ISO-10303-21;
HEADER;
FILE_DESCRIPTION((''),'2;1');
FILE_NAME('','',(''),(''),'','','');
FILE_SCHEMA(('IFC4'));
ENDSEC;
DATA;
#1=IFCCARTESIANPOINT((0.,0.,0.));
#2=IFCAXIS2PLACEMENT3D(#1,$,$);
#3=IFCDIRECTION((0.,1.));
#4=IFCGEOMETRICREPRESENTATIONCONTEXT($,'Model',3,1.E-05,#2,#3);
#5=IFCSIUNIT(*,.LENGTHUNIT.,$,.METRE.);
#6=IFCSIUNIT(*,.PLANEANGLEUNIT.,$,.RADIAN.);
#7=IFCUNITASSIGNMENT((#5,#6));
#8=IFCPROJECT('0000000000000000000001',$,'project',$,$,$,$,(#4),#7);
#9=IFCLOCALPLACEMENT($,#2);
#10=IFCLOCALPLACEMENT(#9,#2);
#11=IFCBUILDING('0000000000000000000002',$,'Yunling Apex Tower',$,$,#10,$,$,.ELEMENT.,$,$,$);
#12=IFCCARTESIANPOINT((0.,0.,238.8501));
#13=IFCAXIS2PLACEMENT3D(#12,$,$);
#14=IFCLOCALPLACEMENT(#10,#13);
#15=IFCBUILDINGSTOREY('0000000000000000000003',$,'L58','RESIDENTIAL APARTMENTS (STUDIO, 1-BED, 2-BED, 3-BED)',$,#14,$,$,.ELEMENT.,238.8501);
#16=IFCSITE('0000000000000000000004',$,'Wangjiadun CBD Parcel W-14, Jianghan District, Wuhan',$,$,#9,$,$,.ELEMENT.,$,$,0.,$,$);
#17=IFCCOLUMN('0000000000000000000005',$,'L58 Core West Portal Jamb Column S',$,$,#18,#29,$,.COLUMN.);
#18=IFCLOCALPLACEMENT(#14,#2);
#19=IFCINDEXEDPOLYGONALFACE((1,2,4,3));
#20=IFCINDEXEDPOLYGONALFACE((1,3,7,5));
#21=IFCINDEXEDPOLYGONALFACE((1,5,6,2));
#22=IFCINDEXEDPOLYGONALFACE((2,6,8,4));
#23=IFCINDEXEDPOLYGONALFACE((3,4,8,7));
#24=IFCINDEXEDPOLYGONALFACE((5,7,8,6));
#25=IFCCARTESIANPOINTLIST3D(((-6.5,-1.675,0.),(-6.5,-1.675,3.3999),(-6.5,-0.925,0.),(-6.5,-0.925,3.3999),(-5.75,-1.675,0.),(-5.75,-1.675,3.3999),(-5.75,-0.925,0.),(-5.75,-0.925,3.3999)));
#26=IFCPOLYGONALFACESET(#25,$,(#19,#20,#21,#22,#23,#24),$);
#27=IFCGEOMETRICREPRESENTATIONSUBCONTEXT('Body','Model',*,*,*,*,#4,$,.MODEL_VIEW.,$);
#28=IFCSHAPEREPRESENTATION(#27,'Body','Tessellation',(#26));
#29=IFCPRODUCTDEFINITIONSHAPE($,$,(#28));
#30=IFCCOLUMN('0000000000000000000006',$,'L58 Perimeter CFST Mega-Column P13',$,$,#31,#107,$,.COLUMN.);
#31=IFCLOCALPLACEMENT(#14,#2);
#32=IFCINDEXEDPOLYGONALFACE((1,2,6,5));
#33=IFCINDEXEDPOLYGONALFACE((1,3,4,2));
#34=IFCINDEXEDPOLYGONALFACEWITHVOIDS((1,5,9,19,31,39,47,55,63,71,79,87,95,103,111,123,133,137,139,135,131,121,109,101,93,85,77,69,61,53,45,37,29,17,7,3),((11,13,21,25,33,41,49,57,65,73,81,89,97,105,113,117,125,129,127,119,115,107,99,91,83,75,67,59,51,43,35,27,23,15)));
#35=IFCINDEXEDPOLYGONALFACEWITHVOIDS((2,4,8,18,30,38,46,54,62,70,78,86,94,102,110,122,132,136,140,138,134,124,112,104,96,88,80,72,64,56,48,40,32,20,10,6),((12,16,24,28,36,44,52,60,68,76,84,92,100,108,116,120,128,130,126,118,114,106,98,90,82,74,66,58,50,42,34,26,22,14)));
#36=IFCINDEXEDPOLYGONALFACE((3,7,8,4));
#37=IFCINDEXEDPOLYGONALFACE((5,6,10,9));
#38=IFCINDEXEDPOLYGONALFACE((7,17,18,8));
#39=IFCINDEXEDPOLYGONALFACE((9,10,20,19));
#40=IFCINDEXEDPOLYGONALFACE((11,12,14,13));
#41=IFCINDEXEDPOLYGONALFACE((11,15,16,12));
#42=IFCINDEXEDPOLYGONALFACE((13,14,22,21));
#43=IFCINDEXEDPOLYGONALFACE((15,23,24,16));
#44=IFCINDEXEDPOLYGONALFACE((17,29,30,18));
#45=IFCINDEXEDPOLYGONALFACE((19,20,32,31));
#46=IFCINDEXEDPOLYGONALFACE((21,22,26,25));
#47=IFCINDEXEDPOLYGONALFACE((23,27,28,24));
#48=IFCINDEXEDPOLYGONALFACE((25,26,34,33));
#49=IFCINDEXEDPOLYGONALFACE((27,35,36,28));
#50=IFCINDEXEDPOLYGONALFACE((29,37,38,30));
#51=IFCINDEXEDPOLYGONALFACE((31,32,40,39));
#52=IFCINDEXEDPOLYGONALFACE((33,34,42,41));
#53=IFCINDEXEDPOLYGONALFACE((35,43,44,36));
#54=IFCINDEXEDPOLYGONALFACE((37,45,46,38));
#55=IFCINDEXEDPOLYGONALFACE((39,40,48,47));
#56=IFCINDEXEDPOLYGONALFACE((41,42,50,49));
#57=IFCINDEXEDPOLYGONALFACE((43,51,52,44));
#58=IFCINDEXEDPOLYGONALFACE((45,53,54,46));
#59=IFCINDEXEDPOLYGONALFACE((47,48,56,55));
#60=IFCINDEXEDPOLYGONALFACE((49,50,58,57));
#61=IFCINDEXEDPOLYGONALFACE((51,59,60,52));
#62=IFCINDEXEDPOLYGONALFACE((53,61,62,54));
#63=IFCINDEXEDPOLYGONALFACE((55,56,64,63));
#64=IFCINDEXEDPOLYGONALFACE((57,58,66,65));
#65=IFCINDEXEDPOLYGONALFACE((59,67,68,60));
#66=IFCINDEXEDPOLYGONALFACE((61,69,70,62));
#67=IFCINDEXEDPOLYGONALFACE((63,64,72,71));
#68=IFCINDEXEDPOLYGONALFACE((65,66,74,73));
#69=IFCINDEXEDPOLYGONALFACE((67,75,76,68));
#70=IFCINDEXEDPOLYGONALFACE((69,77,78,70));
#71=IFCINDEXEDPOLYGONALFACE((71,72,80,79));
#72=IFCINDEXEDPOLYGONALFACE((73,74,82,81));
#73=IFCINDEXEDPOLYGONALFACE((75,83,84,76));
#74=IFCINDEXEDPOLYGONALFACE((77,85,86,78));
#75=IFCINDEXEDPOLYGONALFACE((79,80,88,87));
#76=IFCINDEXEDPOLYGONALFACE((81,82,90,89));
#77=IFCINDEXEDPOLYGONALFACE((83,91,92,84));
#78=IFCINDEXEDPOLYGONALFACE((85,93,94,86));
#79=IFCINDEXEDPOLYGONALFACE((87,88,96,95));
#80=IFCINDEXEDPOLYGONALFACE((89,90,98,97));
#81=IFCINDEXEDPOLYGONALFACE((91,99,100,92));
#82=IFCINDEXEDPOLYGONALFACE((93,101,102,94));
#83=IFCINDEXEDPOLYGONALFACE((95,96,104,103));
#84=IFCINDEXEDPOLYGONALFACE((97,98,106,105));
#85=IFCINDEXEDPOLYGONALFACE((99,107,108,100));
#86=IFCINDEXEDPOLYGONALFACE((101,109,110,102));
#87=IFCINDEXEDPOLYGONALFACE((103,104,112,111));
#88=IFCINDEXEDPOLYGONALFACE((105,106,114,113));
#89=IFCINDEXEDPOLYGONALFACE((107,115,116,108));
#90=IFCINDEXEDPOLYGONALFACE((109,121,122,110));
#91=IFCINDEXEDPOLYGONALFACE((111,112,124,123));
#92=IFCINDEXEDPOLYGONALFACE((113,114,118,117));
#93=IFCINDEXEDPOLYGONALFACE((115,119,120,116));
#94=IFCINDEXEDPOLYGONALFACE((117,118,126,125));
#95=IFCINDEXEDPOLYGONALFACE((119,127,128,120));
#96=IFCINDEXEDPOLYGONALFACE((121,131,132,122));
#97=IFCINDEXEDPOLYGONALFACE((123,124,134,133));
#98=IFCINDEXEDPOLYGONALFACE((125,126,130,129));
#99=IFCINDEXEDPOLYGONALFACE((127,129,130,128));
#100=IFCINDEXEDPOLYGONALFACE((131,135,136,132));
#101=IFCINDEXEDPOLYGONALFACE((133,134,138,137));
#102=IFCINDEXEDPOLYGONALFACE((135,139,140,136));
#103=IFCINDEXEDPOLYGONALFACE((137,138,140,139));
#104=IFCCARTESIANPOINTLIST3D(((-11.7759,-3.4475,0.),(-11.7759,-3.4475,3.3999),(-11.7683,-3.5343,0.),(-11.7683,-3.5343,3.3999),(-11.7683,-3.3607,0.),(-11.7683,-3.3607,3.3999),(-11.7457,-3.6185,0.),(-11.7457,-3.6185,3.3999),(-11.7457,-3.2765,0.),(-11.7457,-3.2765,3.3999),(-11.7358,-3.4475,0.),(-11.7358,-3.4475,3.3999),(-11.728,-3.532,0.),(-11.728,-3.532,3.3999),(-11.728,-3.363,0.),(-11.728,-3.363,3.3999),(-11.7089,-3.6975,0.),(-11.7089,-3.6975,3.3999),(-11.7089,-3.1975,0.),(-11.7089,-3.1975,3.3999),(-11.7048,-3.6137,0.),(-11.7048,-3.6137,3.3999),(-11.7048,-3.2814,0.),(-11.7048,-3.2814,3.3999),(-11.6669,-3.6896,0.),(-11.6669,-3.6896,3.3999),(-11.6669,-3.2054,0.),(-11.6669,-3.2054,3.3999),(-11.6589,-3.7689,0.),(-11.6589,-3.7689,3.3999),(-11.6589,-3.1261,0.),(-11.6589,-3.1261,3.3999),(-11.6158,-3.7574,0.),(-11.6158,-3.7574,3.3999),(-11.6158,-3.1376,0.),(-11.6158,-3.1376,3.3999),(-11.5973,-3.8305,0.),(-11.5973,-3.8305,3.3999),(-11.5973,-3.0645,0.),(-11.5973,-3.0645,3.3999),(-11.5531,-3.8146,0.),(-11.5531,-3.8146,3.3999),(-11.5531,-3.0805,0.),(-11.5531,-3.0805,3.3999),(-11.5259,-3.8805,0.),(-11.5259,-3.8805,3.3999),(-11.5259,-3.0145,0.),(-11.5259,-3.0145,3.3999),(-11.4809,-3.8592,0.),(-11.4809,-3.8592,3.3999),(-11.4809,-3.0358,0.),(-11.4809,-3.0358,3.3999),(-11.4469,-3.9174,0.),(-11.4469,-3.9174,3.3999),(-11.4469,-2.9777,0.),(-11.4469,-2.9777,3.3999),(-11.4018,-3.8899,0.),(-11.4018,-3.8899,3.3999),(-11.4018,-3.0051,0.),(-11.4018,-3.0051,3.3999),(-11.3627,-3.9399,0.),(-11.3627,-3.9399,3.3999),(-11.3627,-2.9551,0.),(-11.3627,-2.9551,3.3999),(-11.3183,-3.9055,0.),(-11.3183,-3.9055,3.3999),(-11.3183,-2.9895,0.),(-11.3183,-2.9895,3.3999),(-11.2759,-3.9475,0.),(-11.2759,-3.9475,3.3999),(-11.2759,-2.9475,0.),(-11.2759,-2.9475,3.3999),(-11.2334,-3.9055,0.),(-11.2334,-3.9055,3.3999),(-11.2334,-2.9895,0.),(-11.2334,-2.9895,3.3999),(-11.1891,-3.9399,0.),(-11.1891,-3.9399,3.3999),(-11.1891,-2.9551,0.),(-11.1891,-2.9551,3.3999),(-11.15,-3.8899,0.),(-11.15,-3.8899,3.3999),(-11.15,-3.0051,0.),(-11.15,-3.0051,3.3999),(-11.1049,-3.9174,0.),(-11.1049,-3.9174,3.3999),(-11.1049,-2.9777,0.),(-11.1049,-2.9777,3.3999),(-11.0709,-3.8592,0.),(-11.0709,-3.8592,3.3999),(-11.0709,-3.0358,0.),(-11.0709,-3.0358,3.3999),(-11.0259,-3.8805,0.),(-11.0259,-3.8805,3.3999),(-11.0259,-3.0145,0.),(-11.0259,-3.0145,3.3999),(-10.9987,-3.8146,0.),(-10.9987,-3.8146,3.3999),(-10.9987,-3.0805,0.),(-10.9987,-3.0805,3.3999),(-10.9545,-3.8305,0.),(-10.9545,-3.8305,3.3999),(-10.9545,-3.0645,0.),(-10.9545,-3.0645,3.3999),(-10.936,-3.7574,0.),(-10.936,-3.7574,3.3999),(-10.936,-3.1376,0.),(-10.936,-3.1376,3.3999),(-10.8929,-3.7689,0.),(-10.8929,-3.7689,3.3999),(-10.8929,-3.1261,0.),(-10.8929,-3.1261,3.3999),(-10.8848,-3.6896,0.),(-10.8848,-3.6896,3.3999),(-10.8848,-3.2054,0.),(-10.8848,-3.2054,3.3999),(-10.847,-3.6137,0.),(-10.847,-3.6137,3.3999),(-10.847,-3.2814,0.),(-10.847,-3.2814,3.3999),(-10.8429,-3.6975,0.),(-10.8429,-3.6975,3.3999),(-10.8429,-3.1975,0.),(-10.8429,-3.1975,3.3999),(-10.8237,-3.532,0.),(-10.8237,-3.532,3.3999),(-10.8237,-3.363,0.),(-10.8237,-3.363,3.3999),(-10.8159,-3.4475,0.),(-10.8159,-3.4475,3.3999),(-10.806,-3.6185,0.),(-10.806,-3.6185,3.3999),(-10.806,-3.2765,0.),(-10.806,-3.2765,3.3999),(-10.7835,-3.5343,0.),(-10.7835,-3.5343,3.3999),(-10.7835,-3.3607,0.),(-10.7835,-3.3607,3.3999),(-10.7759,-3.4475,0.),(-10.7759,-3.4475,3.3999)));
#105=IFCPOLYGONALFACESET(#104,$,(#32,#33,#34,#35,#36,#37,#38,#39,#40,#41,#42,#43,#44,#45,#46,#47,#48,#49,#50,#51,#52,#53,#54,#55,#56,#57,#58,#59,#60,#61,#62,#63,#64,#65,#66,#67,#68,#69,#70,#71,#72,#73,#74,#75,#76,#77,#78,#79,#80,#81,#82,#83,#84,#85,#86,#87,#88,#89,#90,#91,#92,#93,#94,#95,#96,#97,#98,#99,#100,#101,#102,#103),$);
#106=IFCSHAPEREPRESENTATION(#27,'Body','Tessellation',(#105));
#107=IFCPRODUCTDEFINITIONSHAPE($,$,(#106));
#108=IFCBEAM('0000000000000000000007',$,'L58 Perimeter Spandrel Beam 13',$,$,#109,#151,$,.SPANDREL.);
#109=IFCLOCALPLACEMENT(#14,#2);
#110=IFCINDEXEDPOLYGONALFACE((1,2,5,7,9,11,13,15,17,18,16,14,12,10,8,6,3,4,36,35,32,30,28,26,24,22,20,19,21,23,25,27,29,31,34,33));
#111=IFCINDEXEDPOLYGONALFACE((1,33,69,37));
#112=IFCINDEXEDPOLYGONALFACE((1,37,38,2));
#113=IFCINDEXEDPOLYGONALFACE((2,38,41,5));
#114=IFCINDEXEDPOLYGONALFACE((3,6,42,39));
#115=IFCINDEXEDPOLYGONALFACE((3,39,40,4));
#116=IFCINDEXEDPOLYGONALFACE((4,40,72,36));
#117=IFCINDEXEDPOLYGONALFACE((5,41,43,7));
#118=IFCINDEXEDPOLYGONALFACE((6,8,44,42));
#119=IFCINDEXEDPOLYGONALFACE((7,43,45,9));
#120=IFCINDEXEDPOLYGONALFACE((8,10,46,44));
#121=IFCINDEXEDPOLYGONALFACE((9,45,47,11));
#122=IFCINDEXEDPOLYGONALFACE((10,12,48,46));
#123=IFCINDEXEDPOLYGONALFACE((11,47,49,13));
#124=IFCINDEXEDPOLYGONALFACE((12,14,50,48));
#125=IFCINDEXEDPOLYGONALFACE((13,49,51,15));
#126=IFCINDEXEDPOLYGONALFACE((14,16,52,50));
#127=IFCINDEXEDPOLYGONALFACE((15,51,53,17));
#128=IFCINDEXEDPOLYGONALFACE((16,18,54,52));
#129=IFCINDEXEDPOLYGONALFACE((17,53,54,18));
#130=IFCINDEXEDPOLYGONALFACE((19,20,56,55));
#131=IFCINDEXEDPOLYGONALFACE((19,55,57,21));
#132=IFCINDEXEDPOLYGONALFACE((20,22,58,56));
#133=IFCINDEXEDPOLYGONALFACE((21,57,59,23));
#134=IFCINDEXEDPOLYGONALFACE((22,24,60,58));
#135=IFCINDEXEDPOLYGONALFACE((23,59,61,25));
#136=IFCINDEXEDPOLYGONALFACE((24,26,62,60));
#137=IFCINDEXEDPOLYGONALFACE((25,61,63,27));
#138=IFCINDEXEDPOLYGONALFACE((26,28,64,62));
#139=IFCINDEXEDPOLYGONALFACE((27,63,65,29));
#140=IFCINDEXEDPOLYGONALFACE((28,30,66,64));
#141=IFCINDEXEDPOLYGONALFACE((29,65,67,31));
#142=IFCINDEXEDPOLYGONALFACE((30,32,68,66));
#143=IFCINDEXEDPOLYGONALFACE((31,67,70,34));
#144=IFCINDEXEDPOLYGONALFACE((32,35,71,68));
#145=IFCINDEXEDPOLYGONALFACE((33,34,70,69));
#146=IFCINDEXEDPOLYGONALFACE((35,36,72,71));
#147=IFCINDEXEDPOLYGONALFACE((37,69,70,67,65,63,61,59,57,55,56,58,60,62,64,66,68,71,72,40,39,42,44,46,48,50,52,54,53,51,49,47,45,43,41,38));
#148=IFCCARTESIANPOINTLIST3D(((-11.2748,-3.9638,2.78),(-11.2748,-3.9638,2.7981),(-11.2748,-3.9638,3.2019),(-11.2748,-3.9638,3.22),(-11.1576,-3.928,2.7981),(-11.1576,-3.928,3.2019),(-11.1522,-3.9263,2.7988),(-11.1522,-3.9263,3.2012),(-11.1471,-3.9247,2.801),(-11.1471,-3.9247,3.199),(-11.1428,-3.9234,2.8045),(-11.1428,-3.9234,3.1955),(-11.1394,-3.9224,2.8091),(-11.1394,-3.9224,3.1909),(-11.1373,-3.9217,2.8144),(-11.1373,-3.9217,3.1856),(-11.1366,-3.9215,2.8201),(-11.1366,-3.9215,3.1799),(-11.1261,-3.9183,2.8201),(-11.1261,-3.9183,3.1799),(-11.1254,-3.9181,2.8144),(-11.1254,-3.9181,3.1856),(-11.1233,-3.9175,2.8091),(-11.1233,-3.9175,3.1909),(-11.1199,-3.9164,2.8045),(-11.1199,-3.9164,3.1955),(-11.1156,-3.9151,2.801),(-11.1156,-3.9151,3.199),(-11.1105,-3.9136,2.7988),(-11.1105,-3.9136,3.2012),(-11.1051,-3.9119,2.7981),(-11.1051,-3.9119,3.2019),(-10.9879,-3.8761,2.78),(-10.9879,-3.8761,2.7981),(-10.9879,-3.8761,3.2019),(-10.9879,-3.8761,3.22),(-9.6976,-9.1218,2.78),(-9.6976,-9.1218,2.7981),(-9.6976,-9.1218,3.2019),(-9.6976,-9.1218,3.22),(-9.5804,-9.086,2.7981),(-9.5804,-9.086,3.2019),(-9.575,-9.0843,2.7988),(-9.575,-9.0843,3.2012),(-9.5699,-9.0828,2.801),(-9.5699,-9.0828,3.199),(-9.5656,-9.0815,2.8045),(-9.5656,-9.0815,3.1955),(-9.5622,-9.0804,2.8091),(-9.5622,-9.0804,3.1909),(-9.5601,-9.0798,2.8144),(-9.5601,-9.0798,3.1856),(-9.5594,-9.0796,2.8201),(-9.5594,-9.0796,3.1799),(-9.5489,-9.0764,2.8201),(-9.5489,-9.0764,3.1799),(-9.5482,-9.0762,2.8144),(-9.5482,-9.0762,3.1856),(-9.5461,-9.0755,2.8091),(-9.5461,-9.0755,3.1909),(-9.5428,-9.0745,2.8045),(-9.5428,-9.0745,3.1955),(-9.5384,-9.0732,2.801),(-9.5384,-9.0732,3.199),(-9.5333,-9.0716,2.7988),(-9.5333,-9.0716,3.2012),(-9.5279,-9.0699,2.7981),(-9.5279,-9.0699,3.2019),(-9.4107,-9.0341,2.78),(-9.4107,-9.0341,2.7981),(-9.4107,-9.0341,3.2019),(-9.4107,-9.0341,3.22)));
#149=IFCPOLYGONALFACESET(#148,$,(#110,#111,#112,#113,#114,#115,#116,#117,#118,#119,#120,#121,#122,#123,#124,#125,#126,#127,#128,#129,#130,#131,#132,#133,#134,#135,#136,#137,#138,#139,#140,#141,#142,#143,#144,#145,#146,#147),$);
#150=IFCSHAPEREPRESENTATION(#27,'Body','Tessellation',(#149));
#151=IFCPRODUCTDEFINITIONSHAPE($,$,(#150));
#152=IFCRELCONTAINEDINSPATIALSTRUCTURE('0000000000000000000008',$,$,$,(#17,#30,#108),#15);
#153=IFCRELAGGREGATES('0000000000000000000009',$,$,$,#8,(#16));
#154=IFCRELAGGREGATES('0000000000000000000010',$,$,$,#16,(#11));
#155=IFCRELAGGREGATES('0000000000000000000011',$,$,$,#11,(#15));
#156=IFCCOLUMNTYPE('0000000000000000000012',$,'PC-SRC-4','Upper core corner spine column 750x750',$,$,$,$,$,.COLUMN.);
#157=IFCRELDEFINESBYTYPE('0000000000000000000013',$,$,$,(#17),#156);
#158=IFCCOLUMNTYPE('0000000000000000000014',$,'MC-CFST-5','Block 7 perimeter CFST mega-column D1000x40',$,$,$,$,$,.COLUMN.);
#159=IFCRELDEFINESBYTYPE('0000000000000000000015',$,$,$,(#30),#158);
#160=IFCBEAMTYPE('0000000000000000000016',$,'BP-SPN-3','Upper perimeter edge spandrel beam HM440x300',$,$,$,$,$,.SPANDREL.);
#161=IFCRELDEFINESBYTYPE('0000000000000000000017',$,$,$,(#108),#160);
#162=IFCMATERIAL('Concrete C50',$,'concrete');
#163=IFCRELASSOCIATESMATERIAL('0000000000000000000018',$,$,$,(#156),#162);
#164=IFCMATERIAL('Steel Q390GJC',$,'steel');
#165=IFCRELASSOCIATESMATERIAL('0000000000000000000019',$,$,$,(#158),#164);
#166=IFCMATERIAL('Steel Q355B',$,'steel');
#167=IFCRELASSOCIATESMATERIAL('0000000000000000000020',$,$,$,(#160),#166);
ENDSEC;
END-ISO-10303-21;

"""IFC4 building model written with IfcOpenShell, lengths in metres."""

from ifc_helpers import new_model, si_unit, direction, frame, origin, origin_2d, place, context, subcontext, project, spatial, rectangle, hollow_circle, i_section, extrude, source, transform, mapped, material, material_profile, profile_set, type_object, element, save


model = new_model("IFC4")

# Units and contexts
model_context = context("Model", 3, precision=1e-05, world=origin(), true_north=direction((0.0, 1.0)))
body_context = subcontext(model_context, "Body", "Model", "MODEL_VIEW")
ifc_project = project(units=[si_unit("LENGTHUNIT", "METRE"), si_unit("PLANEANGLEUNIT", "RADIAN")], contexts=[model_context])

# Site, building, storey
site_placement = place(None, origin())
site = spatial("IfcSite", under=ifc_project, at=site_placement, Name="Wangjiadun CBD Parcel W-14, Jianghan District, Wuhan", CompositionType="ELEMENT", RefElevation=0.0)
building_placement = place(site_placement, origin())
building = spatial("IfcBuilding", under=site, at=building_placement, Name="Yunling Apex Tower", CompositionType="ELEMENT")
storey_placement = place(building_placement, frame((0.0, 0.0, 238.8501)))
storey = spatial("IfcBuildingStorey", under=building, at=storey_placement, Name="L58", Description="RESIDENTIAL APARTMENTS (STUDIO, 1-BED, 2-BED, 3-BED)", CompositionType="ELEMENT", Elevation=238.8501)

# Columns
ifc_material_1 = material(Name="Concrete C50", Category="concrete")
ifc_material_profile_1 = material_profile(ifc_material_1, rectangle(XDim=0.75, YDim=0.75, at=origin_2d()))
ifc_profile_set_1 = profile_set([ifc_material_profile_1], Name="Concrete C50")
column_type_1 = type_object("IfcColumnType", Name="PC-SRC-4", Description="Upper core corner spine column 750x750", PredefinedType="COLUMN", material=ifc_profile_set_1)
shared_shape_1 = source(origin(), body_context, "Body", "SweptSolid", [
    extrude(rectangle(XDim=0.75, YDim=0.75, at=origin_2d()), origin(), (0.0, 0.0, 1.0), 3.3999),
])
column_1_placement = place(storey_placement, frame((-6.125, -1.3, 0.0), z_axis=(0.0, 0.0, 1.0), x_axis=(1.0, 0.0, 0.0)))
element("IfcColumn", 1, at=column_1_placement, inside=storey, type_object=column_type_1, Name="L58 Core West Portal Jamb Column S", PredefinedType="COLUMN", context=body_context, shape_type="MappedRepresentation", body=[
    mapped(shared_shape_1, transform((0.0, 0.0, 0.0), scale=1.0)),
])
ifc_material_2 = material(Name="Steel Q390GJC", Category="steel")
ifc_material_profile_2 = material_profile(ifc_material_2, hollow_circle(Radius=0.5, WallThickness=0.04, at=origin_2d()))
ifc_profile_set_2 = profile_set([ifc_material_profile_2], Name="Steel Q390GJC")
column_type_2 = type_object("IfcColumnType", Name="MC-CFST-5", Description="Block 7 perimeter CFST mega-column D1000x40", PredefinedType="COLUMN", material=ifc_profile_set_2)
shared_shape_2 = source(origin(), body_context, "Body", "SweptSolid", [
    extrude(hollow_circle(Radius=0.5, WallThickness=0.04, at=origin_2d()), origin(), (0.0, 0.0, 1.0), 3.3999),
])
column_2_placement = place(storey_placement, frame((-11.2759, -3.4475, 0.0), z_axis=(0.0, 0.0, 1.0), x_axis=(1.0, 0.0, 0.0)))
element("IfcColumn", 2, at=column_2_placement, inside=storey, type_object=column_type_2, Name="L58 Perimeter CFST Mega-Column P13", PredefinedType="COLUMN", context=body_context, shape_type="MappedRepresentation", body=[
    mapped(shared_shape_2, transform((0.0, 0.0, 0.0), scale=1.0)),
])

# Beam
ifc_material_3 = material(Name="Steel Q355B", Category="steel")
ifc_material_profile_3 = material_profile(ifc_material_3, i_section(OverallWidth=0.3, OverallDepth=0.4399, WebThickness=0.011, FlangeThickness=0.0181, FilletRadius=0.022, at=origin_2d()))
ifc_profile_set_3 = profile_set([ifc_material_profile_3], Name="Steel Q355B")
beam_type_1 = type_object("IfcBeamType", Name="BP-SPN-3", Description="Upper perimeter edge spandrel beam HM440x300", PredefinedType="SPANDREL", material=ifc_profile_set_3)
shared_shape_3 = source(origin(), body_context, "Body", "SweptSolid", [
    extrude(i_section(OverallWidth=0.3, OverallDepth=0.4399, WebThickness=0.011, FlangeThickness=0.0181, FilletRadius=0.022, at=origin_2d()), origin(), (0.0, 0.0, 1.0), 5.3938),
])
beam_1_placement = place(storey_placement, frame((-11.1313, -3.9199, 3.0), z_axis=(0.292406, -0.956294, 0.0), x_axis=(0.956294, 0.292406, 0.0)))
element("IfcBeam", 3, at=beam_1_placement, inside=storey, type_object=beam_type_1, Name="L58 Perimeter Spandrel Beam 13", PredefinedType="SPANDREL", context=body_context, shape_type="MappedRepresentation", body=[
    mapped(shared_shape_3, transform((0.0, 0.0, 0.0), scale=1.0)),
])

save(model, "model.ifc")
